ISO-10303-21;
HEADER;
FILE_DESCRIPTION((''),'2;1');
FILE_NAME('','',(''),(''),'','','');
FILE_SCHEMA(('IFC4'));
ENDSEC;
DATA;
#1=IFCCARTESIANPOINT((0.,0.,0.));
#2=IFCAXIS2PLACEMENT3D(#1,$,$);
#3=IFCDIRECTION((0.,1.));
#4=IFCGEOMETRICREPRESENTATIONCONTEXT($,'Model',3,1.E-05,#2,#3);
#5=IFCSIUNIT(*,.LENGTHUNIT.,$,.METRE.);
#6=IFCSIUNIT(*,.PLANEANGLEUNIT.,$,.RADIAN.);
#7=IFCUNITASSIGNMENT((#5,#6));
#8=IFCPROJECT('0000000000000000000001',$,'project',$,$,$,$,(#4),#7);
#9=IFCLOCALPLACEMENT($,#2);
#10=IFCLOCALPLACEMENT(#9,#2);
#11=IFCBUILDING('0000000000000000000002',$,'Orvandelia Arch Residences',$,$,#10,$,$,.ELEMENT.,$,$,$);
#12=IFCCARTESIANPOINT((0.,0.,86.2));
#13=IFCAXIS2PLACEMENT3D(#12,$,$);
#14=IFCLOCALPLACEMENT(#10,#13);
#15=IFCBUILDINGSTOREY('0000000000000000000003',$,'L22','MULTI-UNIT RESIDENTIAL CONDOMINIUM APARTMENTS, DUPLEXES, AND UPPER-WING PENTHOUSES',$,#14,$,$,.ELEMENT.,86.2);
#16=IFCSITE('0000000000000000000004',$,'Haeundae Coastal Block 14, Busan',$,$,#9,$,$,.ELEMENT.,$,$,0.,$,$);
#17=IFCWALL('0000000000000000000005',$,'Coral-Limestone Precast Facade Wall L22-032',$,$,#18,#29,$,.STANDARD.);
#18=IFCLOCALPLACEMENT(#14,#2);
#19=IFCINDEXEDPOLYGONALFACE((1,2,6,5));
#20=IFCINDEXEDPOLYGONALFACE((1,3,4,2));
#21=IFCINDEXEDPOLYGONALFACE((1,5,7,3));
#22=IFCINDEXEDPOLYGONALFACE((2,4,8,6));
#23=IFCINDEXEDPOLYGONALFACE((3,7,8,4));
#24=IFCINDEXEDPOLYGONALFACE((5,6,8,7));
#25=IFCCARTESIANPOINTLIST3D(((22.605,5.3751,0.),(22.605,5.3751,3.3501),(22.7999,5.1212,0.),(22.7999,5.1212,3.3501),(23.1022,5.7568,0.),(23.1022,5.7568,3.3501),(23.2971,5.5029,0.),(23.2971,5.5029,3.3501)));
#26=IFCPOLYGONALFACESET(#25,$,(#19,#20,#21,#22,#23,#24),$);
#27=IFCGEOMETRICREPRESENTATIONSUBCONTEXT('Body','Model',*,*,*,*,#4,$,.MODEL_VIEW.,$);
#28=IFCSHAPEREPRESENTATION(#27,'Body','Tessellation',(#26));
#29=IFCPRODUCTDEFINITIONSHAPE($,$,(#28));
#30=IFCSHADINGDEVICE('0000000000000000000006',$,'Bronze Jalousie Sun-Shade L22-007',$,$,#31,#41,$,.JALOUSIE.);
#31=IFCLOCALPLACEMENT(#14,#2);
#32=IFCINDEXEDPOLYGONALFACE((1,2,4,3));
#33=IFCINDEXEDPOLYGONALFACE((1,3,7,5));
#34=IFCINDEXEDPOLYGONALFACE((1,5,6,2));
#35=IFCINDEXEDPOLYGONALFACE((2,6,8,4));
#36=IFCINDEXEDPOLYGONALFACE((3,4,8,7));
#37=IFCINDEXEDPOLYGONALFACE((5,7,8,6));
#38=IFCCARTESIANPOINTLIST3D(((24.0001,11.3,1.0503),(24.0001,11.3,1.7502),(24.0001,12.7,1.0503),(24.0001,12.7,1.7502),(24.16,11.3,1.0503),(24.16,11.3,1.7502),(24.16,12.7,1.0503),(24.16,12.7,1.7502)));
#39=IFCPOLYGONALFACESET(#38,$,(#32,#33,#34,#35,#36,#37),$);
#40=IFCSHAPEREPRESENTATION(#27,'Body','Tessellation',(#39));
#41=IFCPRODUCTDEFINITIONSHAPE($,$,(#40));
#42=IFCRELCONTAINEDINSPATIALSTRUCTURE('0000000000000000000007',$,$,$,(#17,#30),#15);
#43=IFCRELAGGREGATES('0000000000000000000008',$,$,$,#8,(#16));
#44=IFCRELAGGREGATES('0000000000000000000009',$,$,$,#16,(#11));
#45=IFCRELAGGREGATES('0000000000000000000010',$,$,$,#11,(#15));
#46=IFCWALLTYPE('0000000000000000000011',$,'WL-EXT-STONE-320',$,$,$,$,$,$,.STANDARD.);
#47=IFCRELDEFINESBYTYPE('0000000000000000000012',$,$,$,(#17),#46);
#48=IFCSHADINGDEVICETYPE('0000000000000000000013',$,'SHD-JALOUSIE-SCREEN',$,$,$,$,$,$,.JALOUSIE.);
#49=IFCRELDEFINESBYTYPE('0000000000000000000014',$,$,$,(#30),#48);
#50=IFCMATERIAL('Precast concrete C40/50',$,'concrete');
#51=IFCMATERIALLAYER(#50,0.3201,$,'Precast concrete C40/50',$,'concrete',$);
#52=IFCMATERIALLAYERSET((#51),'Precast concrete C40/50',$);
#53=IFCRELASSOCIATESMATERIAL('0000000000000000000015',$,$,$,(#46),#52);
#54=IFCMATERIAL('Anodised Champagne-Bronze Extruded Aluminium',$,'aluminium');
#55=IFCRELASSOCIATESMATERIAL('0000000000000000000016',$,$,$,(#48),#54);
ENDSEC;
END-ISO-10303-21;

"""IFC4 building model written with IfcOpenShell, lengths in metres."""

from ifc_helpers import new_model, si_unit, direction, frame, frame_2d, origin, origin_2d, place, context, subcontext, project, spatial, rectangle, extrude, material, layer, layer_set, type_object, element, save


model = new_model("IFC4")

# Units and contexts
model_context = context("Model", 3, precision=1e-05, world=origin(), true_north=direction((0.0, 1.0)))
body_context = subcontext(model_context, "Body", "Model", "MODEL_VIEW")
ifc_project = project(units=[si_unit("LENGTHUNIT", "METRE"), si_unit("PLANEANGLEUNIT", "RADIAN")], contexts=[model_context])

# Site, building, storey
site_placement = place(None, origin())
site = spatial("IfcSite", under=ifc_project, at=site_placement, Name="Haeundae Coastal Block 14, Busan", CompositionType="ELEMENT", RefElevation=0.0)
building_placement = place(site_placement, origin())
building = spatial("IfcBuilding", under=site, at=building_placement, Name="Orvandelia Arch Residences", CompositionType="ELEMENT")
storey_placement = place(building_placement, frame((0.0, 0.0, 86.2)))
storey = spatial("IfcBuildingStorey", under=building, at=storey_placement, Name="L22", Description="MULTI-UNIT RESIDENTIAL CONDOMINIUM APARTMENTS, DUPLEXES, AND UPPER-WING PENTHOUSES", CompositionType="ELEMENT", Elevation=86.2)

# Shared definitions
ifc_material_1 = material(Name="Precast concrete C40/50", Category="concrete")
ifc_layer = layer(ifc_material_1, 0.3201, Name="Precast concrete C40/50", Category="concrete")
ifc_layer_set = layer_set([ifc_layer], Name="Precast concrete C40/50")
wall_type = type_object("IfcWallType", Name="WL-EXT-STONE-320", PredefinedType="STANDARD", material=ifc_layer_set)

# Wall
wall_1_placement = place(storey_placement, frame((23.1997, 5.6299, 0.0), z_axis=(0.0, 0.0, 1.0), x_axis=(-0.793217, -0.608939, 0.0)))
element("IfcWall", 1, at=wall_1_placement, inside=storey, type_object=wall_type, Name="Coral-Limestone Precast Facade Wall L22-032", PredefinedType="STANDARD", context=body_context, shape_type="SweptSolid", body=[
    extrude(rectangle(XDim=0.6267, YDim=0.3201, at=frame_2d((0.3135, 0.0))), origin(), (0.0, 0.0, 1.0), 3.3501),
])

# Shading device
ifc_material_2 = material(Name="Anodised Champagne-Bronze Extruded Aluminium", Category="aluminium")
shading_device_type = type_object("IfcShadingDeviceType", Name="SHD-JALOUSIE-SCREEN", PredefinedType="JALOUSIE", material=ifc_material_2)
shading_device_placement = place(storey_placement, frame((24.0801, 12.0, 1.0503), z_axis=(0.0, 0.0, 1.0), x_axis=(0.0, -1.0, 0.0)))
element("IfcShadingDevice", 2, at=shading_device_placement, inside=storey, type_object=shading_device_type, Name="Bronze Jalousie Sun-Shade L22-007", PredefinedType="JALOUSIE", context=body_context, shape_type="SweptSolid", body=[
    extrude(rectangle(XDim=1.3999, YDim=0.1599, at=origin_2d()), origin(), (0.0, 0.0, 1.0), 0.7),
])

save(model, "model.ifc")
